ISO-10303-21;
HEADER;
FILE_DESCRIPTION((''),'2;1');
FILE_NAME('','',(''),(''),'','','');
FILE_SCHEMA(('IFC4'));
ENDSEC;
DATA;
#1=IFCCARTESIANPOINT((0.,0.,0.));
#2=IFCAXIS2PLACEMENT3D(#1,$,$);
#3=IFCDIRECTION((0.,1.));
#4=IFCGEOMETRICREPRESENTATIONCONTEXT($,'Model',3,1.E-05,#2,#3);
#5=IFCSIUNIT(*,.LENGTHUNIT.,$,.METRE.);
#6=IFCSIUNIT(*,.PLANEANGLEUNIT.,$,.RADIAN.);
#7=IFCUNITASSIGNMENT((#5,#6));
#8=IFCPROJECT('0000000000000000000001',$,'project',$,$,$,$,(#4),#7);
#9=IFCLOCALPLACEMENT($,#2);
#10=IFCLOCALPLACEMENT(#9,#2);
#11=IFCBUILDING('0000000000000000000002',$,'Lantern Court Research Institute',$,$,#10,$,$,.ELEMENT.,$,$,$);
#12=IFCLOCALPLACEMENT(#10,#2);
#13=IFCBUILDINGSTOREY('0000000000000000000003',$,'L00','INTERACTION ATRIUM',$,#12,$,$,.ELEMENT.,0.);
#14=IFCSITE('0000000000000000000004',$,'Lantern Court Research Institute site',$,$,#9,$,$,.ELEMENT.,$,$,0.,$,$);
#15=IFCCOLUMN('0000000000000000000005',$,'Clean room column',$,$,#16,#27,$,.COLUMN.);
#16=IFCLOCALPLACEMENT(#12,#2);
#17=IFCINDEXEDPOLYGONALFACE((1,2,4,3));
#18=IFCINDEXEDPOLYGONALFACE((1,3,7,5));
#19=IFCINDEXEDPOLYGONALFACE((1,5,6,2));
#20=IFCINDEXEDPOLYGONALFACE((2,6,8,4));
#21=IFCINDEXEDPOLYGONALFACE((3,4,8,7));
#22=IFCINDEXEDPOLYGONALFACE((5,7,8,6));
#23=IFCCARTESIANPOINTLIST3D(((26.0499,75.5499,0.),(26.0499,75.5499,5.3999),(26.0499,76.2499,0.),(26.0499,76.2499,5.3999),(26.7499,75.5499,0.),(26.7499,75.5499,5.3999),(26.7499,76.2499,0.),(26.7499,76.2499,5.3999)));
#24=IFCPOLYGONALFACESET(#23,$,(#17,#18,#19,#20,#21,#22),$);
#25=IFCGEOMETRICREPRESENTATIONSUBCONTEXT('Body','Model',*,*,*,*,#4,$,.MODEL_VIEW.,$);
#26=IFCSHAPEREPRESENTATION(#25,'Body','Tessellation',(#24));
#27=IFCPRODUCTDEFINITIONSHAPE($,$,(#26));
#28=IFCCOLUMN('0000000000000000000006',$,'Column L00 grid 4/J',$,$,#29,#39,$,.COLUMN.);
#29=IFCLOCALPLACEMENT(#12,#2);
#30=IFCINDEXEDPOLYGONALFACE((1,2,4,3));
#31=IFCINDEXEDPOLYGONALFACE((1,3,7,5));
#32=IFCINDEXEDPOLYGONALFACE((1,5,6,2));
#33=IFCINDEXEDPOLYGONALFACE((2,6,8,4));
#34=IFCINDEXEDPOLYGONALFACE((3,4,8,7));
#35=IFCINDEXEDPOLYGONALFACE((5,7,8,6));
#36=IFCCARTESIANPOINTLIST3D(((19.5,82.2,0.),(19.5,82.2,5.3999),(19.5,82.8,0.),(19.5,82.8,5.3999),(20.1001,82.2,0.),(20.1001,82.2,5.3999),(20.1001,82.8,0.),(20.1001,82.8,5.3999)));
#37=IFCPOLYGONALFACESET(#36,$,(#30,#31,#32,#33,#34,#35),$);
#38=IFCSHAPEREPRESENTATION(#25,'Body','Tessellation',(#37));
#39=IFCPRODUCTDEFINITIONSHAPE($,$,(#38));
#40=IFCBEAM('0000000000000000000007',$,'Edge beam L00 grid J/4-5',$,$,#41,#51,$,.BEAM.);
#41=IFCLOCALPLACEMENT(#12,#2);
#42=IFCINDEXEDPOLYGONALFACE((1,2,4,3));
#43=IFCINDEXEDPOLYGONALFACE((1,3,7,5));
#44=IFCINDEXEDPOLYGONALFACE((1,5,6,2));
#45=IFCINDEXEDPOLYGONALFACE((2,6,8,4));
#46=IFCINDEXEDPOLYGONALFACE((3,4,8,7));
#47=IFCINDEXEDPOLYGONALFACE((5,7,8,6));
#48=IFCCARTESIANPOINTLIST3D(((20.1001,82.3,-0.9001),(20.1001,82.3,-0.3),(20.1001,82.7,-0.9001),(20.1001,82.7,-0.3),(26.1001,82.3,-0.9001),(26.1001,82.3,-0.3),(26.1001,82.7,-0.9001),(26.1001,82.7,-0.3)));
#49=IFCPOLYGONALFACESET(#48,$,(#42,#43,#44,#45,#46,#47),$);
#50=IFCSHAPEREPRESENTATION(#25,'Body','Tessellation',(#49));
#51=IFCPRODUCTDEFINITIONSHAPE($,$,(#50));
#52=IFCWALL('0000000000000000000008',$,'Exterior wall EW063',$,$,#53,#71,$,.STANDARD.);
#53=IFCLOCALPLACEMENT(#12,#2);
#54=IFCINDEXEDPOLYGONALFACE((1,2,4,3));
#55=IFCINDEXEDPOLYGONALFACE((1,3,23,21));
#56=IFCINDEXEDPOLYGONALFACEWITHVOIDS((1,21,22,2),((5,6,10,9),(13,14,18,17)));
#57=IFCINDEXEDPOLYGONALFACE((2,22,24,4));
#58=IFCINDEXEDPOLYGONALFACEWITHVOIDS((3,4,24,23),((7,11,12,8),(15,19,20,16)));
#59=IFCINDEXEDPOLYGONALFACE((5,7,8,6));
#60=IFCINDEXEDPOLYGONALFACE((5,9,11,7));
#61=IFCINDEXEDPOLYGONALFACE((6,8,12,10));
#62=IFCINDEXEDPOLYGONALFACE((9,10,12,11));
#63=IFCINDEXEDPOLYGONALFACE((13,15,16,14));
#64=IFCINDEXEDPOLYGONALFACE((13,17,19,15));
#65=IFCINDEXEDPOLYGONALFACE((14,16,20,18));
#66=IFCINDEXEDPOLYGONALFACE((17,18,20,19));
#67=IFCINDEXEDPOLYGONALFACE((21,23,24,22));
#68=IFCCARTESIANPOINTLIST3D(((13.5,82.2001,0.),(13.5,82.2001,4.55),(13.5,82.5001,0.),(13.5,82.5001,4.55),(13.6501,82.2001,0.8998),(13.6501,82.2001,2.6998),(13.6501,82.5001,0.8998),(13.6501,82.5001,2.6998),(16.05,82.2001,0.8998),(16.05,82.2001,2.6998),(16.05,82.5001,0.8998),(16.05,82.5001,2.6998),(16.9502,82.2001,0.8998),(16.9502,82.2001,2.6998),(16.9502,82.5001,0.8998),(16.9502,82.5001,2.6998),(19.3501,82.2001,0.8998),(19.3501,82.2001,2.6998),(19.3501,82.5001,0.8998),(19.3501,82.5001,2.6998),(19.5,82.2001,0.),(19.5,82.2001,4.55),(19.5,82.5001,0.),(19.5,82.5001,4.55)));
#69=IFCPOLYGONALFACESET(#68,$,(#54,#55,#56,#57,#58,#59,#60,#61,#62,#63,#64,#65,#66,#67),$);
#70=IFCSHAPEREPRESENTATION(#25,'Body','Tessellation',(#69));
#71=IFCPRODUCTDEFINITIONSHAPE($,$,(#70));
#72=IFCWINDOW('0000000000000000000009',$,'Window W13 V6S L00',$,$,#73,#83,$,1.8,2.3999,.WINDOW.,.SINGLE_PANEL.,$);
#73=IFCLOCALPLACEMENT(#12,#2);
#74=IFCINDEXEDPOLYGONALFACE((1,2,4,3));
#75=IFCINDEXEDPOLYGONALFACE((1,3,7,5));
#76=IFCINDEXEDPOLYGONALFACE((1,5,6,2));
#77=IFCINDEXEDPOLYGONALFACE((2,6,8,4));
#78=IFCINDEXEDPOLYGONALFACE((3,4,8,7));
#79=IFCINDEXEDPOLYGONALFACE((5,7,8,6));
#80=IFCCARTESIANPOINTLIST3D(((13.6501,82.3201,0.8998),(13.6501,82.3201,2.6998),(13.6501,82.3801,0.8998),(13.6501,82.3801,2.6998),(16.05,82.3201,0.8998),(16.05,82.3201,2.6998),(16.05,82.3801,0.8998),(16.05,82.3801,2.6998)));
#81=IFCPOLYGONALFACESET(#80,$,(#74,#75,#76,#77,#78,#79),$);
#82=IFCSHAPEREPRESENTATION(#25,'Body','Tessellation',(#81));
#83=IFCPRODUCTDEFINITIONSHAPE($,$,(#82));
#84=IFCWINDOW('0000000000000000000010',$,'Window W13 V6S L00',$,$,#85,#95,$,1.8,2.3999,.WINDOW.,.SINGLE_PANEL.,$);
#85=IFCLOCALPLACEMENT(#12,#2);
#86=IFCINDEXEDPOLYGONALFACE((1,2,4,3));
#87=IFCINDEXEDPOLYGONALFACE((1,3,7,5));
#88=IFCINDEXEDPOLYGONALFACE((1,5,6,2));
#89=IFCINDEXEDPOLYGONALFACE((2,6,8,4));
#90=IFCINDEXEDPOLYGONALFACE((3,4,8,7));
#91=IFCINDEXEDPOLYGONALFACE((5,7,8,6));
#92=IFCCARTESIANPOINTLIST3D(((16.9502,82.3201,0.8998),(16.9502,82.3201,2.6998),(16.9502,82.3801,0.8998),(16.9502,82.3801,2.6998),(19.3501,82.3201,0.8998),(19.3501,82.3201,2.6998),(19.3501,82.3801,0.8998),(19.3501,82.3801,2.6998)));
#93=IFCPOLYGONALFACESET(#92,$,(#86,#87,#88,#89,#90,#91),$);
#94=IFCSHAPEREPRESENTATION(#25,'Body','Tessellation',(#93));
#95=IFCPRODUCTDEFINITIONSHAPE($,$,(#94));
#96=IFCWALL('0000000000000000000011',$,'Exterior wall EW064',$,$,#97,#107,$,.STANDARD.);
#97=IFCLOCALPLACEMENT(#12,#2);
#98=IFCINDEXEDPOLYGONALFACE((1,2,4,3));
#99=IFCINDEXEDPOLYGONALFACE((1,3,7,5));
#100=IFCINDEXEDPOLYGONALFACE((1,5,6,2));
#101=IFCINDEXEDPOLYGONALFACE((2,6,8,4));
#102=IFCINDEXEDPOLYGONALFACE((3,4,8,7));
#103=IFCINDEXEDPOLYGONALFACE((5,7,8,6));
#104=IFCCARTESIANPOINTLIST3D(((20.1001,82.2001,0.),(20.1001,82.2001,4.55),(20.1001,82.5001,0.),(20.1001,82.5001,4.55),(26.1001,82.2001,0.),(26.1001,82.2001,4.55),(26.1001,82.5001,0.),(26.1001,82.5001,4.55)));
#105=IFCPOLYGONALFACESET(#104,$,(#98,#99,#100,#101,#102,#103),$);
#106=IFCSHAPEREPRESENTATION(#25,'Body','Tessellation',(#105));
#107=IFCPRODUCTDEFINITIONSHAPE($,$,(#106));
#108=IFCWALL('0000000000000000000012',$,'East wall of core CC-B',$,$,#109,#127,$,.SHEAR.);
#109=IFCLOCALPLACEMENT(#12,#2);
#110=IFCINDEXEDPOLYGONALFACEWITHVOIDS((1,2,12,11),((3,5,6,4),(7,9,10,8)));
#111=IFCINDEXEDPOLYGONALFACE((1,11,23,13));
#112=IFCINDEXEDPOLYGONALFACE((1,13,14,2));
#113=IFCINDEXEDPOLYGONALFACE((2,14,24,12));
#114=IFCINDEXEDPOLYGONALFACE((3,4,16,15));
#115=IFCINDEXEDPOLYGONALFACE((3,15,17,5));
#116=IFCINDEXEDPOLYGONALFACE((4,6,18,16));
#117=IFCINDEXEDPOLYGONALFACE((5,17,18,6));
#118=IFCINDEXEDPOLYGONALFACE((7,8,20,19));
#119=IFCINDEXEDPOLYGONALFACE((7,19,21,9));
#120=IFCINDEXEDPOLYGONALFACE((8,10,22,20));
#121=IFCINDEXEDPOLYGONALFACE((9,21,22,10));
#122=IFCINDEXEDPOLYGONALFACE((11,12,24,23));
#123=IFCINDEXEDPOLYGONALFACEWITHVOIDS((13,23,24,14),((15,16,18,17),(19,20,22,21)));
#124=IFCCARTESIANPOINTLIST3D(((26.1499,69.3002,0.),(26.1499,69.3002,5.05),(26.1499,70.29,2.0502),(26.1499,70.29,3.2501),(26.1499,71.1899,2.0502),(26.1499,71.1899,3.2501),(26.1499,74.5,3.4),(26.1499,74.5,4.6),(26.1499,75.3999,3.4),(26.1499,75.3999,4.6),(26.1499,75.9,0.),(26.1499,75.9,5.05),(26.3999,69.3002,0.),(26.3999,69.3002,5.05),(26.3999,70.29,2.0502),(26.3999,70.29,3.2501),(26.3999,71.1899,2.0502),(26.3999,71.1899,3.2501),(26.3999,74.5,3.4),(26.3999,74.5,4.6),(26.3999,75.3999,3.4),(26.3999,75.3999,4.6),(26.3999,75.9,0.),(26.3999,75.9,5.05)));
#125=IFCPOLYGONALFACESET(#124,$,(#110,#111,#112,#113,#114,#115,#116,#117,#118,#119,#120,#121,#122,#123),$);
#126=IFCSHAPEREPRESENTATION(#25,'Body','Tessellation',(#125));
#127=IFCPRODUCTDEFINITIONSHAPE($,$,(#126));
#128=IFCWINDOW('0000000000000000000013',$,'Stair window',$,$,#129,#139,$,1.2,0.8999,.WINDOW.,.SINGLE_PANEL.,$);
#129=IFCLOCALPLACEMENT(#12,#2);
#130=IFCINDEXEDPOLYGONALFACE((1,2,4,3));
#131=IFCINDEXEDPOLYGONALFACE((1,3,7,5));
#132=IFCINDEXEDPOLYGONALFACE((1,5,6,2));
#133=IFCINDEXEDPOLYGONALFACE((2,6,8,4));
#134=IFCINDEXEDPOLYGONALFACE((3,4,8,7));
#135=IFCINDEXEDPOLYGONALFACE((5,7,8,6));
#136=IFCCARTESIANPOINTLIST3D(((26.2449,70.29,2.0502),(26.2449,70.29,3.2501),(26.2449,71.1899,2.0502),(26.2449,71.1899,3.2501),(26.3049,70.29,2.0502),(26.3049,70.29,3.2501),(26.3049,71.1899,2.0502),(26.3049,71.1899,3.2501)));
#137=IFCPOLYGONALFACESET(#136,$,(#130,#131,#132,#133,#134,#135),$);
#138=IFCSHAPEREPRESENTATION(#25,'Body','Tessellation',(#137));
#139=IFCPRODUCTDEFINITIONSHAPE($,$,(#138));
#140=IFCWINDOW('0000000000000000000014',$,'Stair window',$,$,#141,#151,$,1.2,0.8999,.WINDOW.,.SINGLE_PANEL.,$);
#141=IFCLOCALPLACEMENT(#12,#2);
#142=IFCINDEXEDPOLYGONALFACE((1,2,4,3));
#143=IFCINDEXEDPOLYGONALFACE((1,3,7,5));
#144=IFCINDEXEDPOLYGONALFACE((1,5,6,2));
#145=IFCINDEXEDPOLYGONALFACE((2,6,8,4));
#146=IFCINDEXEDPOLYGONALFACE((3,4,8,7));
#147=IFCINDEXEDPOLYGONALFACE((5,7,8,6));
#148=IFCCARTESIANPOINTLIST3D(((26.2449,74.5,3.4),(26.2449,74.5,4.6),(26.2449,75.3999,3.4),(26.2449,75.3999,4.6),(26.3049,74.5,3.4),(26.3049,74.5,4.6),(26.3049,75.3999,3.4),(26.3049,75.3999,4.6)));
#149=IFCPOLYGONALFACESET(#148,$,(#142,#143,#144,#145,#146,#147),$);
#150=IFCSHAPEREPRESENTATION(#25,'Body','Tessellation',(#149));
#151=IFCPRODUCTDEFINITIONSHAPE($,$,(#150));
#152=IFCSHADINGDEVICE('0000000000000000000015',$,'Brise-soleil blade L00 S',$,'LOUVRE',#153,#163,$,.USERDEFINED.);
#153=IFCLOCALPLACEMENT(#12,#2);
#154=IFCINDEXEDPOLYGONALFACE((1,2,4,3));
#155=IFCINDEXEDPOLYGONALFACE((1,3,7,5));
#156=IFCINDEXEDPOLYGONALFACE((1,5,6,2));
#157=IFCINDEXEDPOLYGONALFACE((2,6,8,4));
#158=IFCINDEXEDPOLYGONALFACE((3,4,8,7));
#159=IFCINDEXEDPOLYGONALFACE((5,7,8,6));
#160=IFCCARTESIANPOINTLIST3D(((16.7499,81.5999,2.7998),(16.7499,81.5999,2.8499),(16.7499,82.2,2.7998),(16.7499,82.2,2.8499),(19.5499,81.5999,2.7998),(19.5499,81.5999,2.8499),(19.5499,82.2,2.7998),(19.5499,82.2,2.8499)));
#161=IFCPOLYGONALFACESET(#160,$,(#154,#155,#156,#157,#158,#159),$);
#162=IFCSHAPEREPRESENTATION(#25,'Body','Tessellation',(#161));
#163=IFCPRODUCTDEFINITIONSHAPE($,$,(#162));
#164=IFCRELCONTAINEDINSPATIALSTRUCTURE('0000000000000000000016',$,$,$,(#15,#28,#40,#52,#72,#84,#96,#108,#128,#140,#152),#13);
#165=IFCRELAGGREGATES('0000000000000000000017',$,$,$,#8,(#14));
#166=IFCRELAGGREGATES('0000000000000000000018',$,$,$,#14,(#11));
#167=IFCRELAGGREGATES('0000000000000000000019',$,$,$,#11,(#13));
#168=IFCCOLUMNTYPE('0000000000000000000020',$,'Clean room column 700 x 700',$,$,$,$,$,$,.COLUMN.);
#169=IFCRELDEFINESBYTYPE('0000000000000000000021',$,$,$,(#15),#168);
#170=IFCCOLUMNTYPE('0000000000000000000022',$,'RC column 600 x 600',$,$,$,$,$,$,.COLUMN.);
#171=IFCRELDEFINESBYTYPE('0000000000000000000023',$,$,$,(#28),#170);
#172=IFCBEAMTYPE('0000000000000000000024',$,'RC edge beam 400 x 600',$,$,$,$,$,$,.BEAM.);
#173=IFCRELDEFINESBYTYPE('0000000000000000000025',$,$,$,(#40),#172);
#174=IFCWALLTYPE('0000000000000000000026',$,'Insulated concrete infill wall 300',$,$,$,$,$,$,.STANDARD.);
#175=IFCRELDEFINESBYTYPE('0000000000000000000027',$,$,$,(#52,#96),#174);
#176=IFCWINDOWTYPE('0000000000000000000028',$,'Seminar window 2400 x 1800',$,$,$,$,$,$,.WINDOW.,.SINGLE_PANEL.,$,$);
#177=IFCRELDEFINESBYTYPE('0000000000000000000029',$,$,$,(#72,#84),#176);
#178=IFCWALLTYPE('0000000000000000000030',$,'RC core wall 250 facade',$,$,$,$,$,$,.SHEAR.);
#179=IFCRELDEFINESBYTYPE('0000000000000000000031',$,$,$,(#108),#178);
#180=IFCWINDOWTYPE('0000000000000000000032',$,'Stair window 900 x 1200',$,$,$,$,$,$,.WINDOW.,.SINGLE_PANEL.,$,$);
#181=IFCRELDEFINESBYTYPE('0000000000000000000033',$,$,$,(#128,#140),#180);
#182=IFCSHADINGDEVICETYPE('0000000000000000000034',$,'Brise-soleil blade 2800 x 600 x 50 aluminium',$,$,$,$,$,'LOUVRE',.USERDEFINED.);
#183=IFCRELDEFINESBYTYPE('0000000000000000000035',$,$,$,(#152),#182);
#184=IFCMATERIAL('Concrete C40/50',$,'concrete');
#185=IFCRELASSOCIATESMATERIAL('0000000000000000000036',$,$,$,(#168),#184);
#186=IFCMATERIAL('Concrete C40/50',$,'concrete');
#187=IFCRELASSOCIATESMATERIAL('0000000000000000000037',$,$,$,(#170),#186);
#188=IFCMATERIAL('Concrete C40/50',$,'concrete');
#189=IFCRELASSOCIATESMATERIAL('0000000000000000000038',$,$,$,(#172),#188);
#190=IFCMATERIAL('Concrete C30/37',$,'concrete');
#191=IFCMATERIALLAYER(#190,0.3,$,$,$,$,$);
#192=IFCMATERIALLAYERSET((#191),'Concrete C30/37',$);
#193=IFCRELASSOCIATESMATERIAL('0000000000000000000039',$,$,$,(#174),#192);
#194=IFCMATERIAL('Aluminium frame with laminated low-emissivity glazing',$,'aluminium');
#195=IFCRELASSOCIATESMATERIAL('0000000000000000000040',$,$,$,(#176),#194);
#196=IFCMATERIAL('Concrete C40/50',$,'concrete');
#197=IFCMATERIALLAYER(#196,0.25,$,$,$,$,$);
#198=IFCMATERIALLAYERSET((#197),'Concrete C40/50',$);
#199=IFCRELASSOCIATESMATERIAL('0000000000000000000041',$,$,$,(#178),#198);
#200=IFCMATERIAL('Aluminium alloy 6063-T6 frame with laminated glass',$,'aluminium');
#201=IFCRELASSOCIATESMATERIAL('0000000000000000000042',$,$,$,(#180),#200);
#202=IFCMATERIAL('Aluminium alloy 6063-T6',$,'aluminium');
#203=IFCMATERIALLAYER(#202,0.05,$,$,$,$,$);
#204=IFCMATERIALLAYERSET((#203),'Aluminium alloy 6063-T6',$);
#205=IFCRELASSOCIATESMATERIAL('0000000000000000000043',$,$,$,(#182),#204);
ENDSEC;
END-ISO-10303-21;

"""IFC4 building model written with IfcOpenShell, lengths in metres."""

from ifc_helpers import new_model, si_unit, direction, frame, frame_2d, origin, origin_2d, place, context, subcontext, project, spatial, rectangle, extrude, material, layer, layer_set, material_profile, profile_set, type_object, element, fill, save


model = new_model("IFC4")

# Units and contexts
model_context = context("Model", 3, precision=1e-05, world=origin(), true_north=direction((0.0, 1.0)))
body_context = subcontext(model_context, "Body", "Model", "MODEL_VIEW")
ifc_project = project(units=[si_unit("LENGTHUNIT", "METRE"), si_unit("PLANEANGLEUNIT", "RADIAN")], contexts=[model_context])

# Site, building, storey
site_placement = place(None, origin())
site = spatial("IfcSite", under=ifc_project, at=site_placement, Name="Lantern Court Research Institute site", CompositionType="ELEMENT", RefElevation=0.0)
building_placement = place(site_placement, origin())
building = spatial("IfcBuilding", under=site, at=building_placement, Name="Lantern Court Research Institute", CompositionType="ELEMENT")
storey_placement = place(building_placement, origin())
storey = spatial("IfcBuildingStorey", under=building, at=storey_placement, Name="L00", Description="INTERACTION ATRIUM", CompositionType="ELEMENT", Elevation=0.0)

# Columns
ifc_material_1 = material(Name="Concrete C40/50", Category="concrete")
ifc_material_profile_1 = material_profile(ifc_material_1, rectangle(XDim=0.7, YDim=0.7, at=origin_2d()), Name="Clean room column 700 x 700")
ifc_profile_set_1 = profile_set([ifc_material_profile_1], Name="Concrete C40/50")
column_type_1 = type_object("IfcColumnType", Name="Clean room column 700 x 700", PredefinedType="COLUMN", material=ifc_profile_set_1)
column_1_placement = place(storey_placement, frame((26.3999, 75.8999, 0.0), z_axis=(0.0, 0.0, 1.0), x_axis=(1.0, 0.0, 0.0)))
element("IfcColumn", 1, at=column_1_placement, inside=storey, type_object=column_type_1, Name="Clean room column", PredefinedType="COLUMN", context=body_context, shape_type="SweptSolid", body=[
    extrude(rectangle(XDim=0.7, YDim=0.7, at=origin_2d()), origin(), (0.0, 0.0, 1.0), 5.3999),
])
ifc_material_2 = material(Name="Concrete C40/50", Category="concrete")
ifc_material_profile_2 = material_profile(ifc_material_2, rectangle(XDim=0.6001, YDim=0.6001, at=origin_2d()), Name="RC column 600 x 600")
ifc_profile_set_2 = profile_set([ifc_material_profile_2], Name="Concrete C40/50")
column_type_2 = type_object("IfcColumnType", Name="RC column 600 x 600", PredefinedType="COLUMN", material=ifc_profile_set_2)
column_2_placement = place(storey_placement, frame((19.8, 82.5, 0.0), z_axis=(0.0, 0.0, 1.0), x_axis=(1.0, 0.0, 0.0)))
element("IfcColumn", 2, at=column_2_placement, inside=storey, type_object=column_type_2, Name="Column L00 grid 4/J", PredefinedType="COLUMN", context=body_context, shape_type="SweptSolid", body=[
    extrude(rectangle(XDim=0.6001, YDim=0.6001, at=origin_2d()), origin(), (0.0, 0.0, 1.0), 5.3999),
])

# Beam
ifc_material_3 = material(Name="Concrete C40/50", Category="concrete")
ifc_material_profile_3 = material_profile(ifc_material_3, rectangle(XDim=0.3999, YDim=0.6001, at=origin_2d()), Name="RC beam 400 x 600")
ifc_profile_set_3 = profile_set([ifc_material_profile_3], Name="Concrete C40/50")
beam_type = type_object("IfcBeamType", Name="RC edge beam 400 x 600", PredefinedType="BEAM", material=ifc_profile_set_3)
beam_placement = place(storey_placement, frame((20.1001, 82.5, -0.6001), z_axis=(1.0, 0.0, 0.0), x_axis=(0.0, 1.0, 0.0)))
element("IfcBeam", 3, at=beam_placement, inside=storey, type_object=beam_type, Name="Edge beam L00 grid J/4-5", PredefinedType="BEAM", context=body_context, shape_type="SweptSolid", body=[
    extrude(rectangle(XDim=0.3999, YDim=0.6001, at=origin_2d()), origin(), (0.0, 0.0, 1.0), 6.0),
])

# Wall, openings, windows
ifc_material_4 = material(Name="Concrete C30/37", Category="concrete")
ifc_layer_1 = layer(ifc_material_4, 0.3)
ifc_layer_set_1 = layer_set([ifc_layer_1], Name="Concrete C30/37")
wall_type_1 = type_object("IfcWallType", Name="Insulated concrete infill wall 300", PredefinedType="STANDARD", material=ifc_layer_set_1)
wall_1_placement = place(storey_placement, frame((19.5, 82.3501, 0.0), z_axis=(0.0, 0.0, 1.0), x_axis=(-1.0, 0.0, 0.0)))
wall_1 = element("IfcWall", 4, at=wall_1_placement, inside=storey, type_object=wall_type_1, Name="Exterior wall EW063", PredefinedType="STANDARD", context=body_context, shape_type="SweptSolid", body=[
    extrude(rectangle(XDim=6.0, YDim=0.3, at=frame_2d((3.0, 0.0))), origin(), (0.0, 0.0, 1.0), 4.55),
])
opening_1_placement = place(wall_1_placement, frame((3.45, 0.0, 0.8999)))
opening_1 = element("IfcOpeningElement", 5, at=opening_1_placement, cuts=wall_1, PredefinedType="OPENING", context=body_context, shape_type="SweptSolid", body=[
    extrude(rectangle(XDim=2.3999, YDim=1.8, at=frame_2d((1.2, 0.8999))), frame((0.0, 0.1599, 0.0), z_axis=(0.0, -1.0, 0.0), x_axis=(1.0, 0.0, 0.0)), (0.0, 0.0, 1.0), 0.3201),
])
opening_2_placement = place(wall_1_placement, frame((0.1499, 0.0, 0.8999)))
opening_2 = element("IfcOpeningElement", 6, at=opening_2_placement, cuts=wall_1, PredefinedType="OPENING", context=body_context, shape_type="SweptSolid", body=[
    extrude(rectangle(XDim=2.3999, YDim=1.8, at=frame_2d((1.2, 0.8999))), frame((0.0, 0.1599, 0.0), z_axis=(0.0, -1.0, 0.0), x_axis=(1.0, 0.0, 0.0)), (0.0, 0.0, 1.0), 0.3201),
])
ifc_material_5 = material(Name="Aluminium frame with laminated low-emissivity glazing", Category="aluminium")
window_type_1 = type_object("IfcWindowType", Name="Seminar window 2400 x 1800", PartitioningType="SINGLE_PANEL", PredefinedType="WINDOW", material=ifc_material_5)
window_1_placement = place(opening_1_placement, origin())
window_1 = element("IfcWindow", 7, at=window_1_placement, inside=storey, type_object=window_type_1, Name="Window W13 V6S L00", OverallHeight=1.8, OverallWidth=2.3999, PartitioningType="SINGLE_PANEL", PredefinedType="WINDOW", context=body_context, shape_type="SweptSolid", body=[
    extrude(rectangle(XDim=2.3999, YDim=1.8, at=frame_2d((1.2, 0.8999))), frame((0.0, 0.03, 0.0), z_axis=(0.0, -1.0, 0.0), x_axis=(1.0, 0.0, 0.0)), (0.0, 0.0, 1.0), 0.0601),
])
fill(opening_1, window_1)
window_2_placement = place(opening_2_placement, origin())
window_2 = element("IfcWindow", 8, at=window_2_placement, inside=storey, type_object=window_type_1, Name="Window W13 V6S L00", OverallHeight=1.8, OverallWidth=2.3999, PartitioningType="SINGLE_PANEL", PredefinedType="WINDOW", context=body_context, shape_type="SweptSolid", body=[
    extrude(rectangle(XDim=2.3999, YDim=1.8, at=frame_2d((1.2, 0.8999))), frame((0.0, 0.03, 0.0), z_axis=(0.0, -1.0, 0.0), x_axis=(1.0, 0.0, 0.0)), (0.0, 0.0, 1.0), 0.0601),
])
fill(opening_2, window_2)

# Wall
wall_2_placement = place(storey_placement, frame((26.1001, 82.3501, 0.0), z_axis=(0.0, 0.0, 1.0), x_axis=(-1.0, 0.0, 0.0)))
element("IfcWall", 9, at=wall_2_placement, inside=storey, type_object=wall_type_1, Name="Exterior wall EW064", PredefinedType="STANDARD", context=body_context, shape_type="SweptSolid", body=[
    extrude(rectangle(XDim=6.0, YDim=0.3, at=frame_2d((3.0, 0.0))), origin(), (0.0, 0.0, 1.0), 4.55),
])

# Wall, openings, windows
ifc_material_6 = material(Name="Concrete C40/50", Category="concrete")
ifc_layer_2 = layer(ifc_material_6, 0.25)
ifc_layer_set_2 = layer_set([ifc_layer_2], Name="Concrete C40/50")
wall_type_2 = type_object("IfcWallType", Name="RC core wall 250 facade", PredefinedType="SHEAR", material=ifc_layer_set_2)
wall_3_placement = place(storey_placement, frame((26.2749, 75.8999, 0.0), z_axis=(0.0, 0.0, 1.0), x_axis=(0.0, -1.0, 0.0)))
wall_3 = element("IfcWall", 10, at=wall_3_placement, inside=storey, type_object=wall_type_2, Name="East wall of core CC-B", PredefinedType="SHEAR", context=body_context, shape_type="SweptSolid", body=[
    extrude(rectangle(XDim=6.5999, YDim=0.25, at=frame_2d((3.2998, 0.0))), origin(), (0.0, 0.0, 1.0), 5.05),
])
opening_3_placement = place(wall_3_placement, frame((4.71, 0.0, 2.05)))
opening_3 = element("IfcOpeningElement", 11, at=opening_3_placement, cuts=wall_3, PredefinedType="OPENING", context=body_context, shape_type="SweptSolid", body=[
    extrude(rectangle(XDim=0.8999, YDim=1.2, at=frame_2d((0.45, 0.6001))), frame((0.0, 0.135, 0.0), z_axis=(0.0, -1.0, 0.0), x_axis=(1.0, 0.0, 0.0)), (0.0, 0.0, 1.0), 0.27),
])
opening_4_placement = place(wall_3_placement, frame((0.5, 0.0, 3.3999)))
opening_4 = element("IfcOpeningElement", 12, at=opening_4_placement, cuts=wall_3, PredefinedType="OPENING", context=body_context, shape_type="SweptSolid", body=[
    extrude(rectangle(XDim=0.8999, YDim=1.2, at=frame_2d((0.45, 0.6001))), frame((0.0, 0.135, 0.0), z_axis=(0.0, -1.0, 0.0), x_axis=(1.0, 0.0, 0.0)), (0.0, 0.0, 1.0), 0.27),
])
ifc_material_7 = material(Name="Aluminium alloy 6063-T6 frame with laminated glass", Category="aluminium")
window_type_2 = type_object("IfcWindowType", Name="Stair window 900 x 1200", PartitioningType="SINGLE_PANEL", PredefinedType="WINDOW", material=ifc_material_7)
window_3_placement = place(opening_3_placement, origin())
window_3 = element("IfcWindow", 13, at=window_3_placement, inside=storey, type_object=window_type_2, Name="Stair window", OverallHeight=1.2, OverallWidth=0.8999, PartitioningType="SINGLE_PANEL", PredefinedType="WINDOW", context=body_context, shape_type="SweptSolid", body=[
    extrude(rectangle(XDim=0.8999, YDim=1.2, at=frame_2d((0.45, 0.6001))), frame((0.0, 0.03, 0.0), z_axis=(0.0, -1.0, 0.0), x_axis=(1.0, 0.0, 0.0)), (0.0, 0.0, 1.0), 0.0601),
])
fill(opening_3, window_3)
window_4_placement = place(opening_4_placement, origin())
window_4 = element("IfcWindow", 14, at=window_4_placement, inside=storey, type_object=window_type_2, Name="Stair window", OverallHeight=1.2, OverallWidth=0.8999, PartitioningType="SINGLE_PANEL", PredefinedType="WINDOW", context=body_context, shape_type="SweptSolid", body=[
    extrude(rectangle(XDim=0.8999, YDim=1.2, at=frame_2d((0.45, 0.6001))), frame((0.0, 0.03, 0.0), z_axis=(0.0, -1.0, 0.0), x_axis=(1.0, 0.0, 0.0)), (0.0, 0.0, 1.0), 0.0601),
])
fill(opening_4, window_4)

# Shading device
ifc_material_8 = material(Name="Aluminium alloy 6063-T6", Category="aluminium")
ifc_layer_3 = layer(ifc_material_8, 0.05)
ifc_layer_set_3 = layer_set([ifc_layer_3], Name="Aluminium alloy 6063-T6")
shading_device_type = type_object("IfcShadingDeviceType", Name="Brise-soleil blade 2800 x 600 x 50 aluminium", ElementType="LOUVRE", PredefinedType="USERDEFINED", material=ifc_layer_set_3)
shading_device_placement = place(storey_placement, frame((18.1499, 81.8999, 2.7998), z_axis=(0.0, 0.0, 1.0), x_axis=(-1.0, 0.0, 0.0)))
element("IfcShadingDevice", 15, at=shading_device_placement, inside=storey, type_object=shading_device_type, Name="Brise-soleil blade L00 S", ObjectType="LOUVRE", PredefinedType="USERDEFINED", context=body_context, shape_type="SweptSolid", body=[
    extrude(rectangle(XDim=2.8, YDim=0.6001, at=origin_2d()), origin(), (0.0, 0.0, 1.0), 0.05),
])

save(model, "model.ifc")
